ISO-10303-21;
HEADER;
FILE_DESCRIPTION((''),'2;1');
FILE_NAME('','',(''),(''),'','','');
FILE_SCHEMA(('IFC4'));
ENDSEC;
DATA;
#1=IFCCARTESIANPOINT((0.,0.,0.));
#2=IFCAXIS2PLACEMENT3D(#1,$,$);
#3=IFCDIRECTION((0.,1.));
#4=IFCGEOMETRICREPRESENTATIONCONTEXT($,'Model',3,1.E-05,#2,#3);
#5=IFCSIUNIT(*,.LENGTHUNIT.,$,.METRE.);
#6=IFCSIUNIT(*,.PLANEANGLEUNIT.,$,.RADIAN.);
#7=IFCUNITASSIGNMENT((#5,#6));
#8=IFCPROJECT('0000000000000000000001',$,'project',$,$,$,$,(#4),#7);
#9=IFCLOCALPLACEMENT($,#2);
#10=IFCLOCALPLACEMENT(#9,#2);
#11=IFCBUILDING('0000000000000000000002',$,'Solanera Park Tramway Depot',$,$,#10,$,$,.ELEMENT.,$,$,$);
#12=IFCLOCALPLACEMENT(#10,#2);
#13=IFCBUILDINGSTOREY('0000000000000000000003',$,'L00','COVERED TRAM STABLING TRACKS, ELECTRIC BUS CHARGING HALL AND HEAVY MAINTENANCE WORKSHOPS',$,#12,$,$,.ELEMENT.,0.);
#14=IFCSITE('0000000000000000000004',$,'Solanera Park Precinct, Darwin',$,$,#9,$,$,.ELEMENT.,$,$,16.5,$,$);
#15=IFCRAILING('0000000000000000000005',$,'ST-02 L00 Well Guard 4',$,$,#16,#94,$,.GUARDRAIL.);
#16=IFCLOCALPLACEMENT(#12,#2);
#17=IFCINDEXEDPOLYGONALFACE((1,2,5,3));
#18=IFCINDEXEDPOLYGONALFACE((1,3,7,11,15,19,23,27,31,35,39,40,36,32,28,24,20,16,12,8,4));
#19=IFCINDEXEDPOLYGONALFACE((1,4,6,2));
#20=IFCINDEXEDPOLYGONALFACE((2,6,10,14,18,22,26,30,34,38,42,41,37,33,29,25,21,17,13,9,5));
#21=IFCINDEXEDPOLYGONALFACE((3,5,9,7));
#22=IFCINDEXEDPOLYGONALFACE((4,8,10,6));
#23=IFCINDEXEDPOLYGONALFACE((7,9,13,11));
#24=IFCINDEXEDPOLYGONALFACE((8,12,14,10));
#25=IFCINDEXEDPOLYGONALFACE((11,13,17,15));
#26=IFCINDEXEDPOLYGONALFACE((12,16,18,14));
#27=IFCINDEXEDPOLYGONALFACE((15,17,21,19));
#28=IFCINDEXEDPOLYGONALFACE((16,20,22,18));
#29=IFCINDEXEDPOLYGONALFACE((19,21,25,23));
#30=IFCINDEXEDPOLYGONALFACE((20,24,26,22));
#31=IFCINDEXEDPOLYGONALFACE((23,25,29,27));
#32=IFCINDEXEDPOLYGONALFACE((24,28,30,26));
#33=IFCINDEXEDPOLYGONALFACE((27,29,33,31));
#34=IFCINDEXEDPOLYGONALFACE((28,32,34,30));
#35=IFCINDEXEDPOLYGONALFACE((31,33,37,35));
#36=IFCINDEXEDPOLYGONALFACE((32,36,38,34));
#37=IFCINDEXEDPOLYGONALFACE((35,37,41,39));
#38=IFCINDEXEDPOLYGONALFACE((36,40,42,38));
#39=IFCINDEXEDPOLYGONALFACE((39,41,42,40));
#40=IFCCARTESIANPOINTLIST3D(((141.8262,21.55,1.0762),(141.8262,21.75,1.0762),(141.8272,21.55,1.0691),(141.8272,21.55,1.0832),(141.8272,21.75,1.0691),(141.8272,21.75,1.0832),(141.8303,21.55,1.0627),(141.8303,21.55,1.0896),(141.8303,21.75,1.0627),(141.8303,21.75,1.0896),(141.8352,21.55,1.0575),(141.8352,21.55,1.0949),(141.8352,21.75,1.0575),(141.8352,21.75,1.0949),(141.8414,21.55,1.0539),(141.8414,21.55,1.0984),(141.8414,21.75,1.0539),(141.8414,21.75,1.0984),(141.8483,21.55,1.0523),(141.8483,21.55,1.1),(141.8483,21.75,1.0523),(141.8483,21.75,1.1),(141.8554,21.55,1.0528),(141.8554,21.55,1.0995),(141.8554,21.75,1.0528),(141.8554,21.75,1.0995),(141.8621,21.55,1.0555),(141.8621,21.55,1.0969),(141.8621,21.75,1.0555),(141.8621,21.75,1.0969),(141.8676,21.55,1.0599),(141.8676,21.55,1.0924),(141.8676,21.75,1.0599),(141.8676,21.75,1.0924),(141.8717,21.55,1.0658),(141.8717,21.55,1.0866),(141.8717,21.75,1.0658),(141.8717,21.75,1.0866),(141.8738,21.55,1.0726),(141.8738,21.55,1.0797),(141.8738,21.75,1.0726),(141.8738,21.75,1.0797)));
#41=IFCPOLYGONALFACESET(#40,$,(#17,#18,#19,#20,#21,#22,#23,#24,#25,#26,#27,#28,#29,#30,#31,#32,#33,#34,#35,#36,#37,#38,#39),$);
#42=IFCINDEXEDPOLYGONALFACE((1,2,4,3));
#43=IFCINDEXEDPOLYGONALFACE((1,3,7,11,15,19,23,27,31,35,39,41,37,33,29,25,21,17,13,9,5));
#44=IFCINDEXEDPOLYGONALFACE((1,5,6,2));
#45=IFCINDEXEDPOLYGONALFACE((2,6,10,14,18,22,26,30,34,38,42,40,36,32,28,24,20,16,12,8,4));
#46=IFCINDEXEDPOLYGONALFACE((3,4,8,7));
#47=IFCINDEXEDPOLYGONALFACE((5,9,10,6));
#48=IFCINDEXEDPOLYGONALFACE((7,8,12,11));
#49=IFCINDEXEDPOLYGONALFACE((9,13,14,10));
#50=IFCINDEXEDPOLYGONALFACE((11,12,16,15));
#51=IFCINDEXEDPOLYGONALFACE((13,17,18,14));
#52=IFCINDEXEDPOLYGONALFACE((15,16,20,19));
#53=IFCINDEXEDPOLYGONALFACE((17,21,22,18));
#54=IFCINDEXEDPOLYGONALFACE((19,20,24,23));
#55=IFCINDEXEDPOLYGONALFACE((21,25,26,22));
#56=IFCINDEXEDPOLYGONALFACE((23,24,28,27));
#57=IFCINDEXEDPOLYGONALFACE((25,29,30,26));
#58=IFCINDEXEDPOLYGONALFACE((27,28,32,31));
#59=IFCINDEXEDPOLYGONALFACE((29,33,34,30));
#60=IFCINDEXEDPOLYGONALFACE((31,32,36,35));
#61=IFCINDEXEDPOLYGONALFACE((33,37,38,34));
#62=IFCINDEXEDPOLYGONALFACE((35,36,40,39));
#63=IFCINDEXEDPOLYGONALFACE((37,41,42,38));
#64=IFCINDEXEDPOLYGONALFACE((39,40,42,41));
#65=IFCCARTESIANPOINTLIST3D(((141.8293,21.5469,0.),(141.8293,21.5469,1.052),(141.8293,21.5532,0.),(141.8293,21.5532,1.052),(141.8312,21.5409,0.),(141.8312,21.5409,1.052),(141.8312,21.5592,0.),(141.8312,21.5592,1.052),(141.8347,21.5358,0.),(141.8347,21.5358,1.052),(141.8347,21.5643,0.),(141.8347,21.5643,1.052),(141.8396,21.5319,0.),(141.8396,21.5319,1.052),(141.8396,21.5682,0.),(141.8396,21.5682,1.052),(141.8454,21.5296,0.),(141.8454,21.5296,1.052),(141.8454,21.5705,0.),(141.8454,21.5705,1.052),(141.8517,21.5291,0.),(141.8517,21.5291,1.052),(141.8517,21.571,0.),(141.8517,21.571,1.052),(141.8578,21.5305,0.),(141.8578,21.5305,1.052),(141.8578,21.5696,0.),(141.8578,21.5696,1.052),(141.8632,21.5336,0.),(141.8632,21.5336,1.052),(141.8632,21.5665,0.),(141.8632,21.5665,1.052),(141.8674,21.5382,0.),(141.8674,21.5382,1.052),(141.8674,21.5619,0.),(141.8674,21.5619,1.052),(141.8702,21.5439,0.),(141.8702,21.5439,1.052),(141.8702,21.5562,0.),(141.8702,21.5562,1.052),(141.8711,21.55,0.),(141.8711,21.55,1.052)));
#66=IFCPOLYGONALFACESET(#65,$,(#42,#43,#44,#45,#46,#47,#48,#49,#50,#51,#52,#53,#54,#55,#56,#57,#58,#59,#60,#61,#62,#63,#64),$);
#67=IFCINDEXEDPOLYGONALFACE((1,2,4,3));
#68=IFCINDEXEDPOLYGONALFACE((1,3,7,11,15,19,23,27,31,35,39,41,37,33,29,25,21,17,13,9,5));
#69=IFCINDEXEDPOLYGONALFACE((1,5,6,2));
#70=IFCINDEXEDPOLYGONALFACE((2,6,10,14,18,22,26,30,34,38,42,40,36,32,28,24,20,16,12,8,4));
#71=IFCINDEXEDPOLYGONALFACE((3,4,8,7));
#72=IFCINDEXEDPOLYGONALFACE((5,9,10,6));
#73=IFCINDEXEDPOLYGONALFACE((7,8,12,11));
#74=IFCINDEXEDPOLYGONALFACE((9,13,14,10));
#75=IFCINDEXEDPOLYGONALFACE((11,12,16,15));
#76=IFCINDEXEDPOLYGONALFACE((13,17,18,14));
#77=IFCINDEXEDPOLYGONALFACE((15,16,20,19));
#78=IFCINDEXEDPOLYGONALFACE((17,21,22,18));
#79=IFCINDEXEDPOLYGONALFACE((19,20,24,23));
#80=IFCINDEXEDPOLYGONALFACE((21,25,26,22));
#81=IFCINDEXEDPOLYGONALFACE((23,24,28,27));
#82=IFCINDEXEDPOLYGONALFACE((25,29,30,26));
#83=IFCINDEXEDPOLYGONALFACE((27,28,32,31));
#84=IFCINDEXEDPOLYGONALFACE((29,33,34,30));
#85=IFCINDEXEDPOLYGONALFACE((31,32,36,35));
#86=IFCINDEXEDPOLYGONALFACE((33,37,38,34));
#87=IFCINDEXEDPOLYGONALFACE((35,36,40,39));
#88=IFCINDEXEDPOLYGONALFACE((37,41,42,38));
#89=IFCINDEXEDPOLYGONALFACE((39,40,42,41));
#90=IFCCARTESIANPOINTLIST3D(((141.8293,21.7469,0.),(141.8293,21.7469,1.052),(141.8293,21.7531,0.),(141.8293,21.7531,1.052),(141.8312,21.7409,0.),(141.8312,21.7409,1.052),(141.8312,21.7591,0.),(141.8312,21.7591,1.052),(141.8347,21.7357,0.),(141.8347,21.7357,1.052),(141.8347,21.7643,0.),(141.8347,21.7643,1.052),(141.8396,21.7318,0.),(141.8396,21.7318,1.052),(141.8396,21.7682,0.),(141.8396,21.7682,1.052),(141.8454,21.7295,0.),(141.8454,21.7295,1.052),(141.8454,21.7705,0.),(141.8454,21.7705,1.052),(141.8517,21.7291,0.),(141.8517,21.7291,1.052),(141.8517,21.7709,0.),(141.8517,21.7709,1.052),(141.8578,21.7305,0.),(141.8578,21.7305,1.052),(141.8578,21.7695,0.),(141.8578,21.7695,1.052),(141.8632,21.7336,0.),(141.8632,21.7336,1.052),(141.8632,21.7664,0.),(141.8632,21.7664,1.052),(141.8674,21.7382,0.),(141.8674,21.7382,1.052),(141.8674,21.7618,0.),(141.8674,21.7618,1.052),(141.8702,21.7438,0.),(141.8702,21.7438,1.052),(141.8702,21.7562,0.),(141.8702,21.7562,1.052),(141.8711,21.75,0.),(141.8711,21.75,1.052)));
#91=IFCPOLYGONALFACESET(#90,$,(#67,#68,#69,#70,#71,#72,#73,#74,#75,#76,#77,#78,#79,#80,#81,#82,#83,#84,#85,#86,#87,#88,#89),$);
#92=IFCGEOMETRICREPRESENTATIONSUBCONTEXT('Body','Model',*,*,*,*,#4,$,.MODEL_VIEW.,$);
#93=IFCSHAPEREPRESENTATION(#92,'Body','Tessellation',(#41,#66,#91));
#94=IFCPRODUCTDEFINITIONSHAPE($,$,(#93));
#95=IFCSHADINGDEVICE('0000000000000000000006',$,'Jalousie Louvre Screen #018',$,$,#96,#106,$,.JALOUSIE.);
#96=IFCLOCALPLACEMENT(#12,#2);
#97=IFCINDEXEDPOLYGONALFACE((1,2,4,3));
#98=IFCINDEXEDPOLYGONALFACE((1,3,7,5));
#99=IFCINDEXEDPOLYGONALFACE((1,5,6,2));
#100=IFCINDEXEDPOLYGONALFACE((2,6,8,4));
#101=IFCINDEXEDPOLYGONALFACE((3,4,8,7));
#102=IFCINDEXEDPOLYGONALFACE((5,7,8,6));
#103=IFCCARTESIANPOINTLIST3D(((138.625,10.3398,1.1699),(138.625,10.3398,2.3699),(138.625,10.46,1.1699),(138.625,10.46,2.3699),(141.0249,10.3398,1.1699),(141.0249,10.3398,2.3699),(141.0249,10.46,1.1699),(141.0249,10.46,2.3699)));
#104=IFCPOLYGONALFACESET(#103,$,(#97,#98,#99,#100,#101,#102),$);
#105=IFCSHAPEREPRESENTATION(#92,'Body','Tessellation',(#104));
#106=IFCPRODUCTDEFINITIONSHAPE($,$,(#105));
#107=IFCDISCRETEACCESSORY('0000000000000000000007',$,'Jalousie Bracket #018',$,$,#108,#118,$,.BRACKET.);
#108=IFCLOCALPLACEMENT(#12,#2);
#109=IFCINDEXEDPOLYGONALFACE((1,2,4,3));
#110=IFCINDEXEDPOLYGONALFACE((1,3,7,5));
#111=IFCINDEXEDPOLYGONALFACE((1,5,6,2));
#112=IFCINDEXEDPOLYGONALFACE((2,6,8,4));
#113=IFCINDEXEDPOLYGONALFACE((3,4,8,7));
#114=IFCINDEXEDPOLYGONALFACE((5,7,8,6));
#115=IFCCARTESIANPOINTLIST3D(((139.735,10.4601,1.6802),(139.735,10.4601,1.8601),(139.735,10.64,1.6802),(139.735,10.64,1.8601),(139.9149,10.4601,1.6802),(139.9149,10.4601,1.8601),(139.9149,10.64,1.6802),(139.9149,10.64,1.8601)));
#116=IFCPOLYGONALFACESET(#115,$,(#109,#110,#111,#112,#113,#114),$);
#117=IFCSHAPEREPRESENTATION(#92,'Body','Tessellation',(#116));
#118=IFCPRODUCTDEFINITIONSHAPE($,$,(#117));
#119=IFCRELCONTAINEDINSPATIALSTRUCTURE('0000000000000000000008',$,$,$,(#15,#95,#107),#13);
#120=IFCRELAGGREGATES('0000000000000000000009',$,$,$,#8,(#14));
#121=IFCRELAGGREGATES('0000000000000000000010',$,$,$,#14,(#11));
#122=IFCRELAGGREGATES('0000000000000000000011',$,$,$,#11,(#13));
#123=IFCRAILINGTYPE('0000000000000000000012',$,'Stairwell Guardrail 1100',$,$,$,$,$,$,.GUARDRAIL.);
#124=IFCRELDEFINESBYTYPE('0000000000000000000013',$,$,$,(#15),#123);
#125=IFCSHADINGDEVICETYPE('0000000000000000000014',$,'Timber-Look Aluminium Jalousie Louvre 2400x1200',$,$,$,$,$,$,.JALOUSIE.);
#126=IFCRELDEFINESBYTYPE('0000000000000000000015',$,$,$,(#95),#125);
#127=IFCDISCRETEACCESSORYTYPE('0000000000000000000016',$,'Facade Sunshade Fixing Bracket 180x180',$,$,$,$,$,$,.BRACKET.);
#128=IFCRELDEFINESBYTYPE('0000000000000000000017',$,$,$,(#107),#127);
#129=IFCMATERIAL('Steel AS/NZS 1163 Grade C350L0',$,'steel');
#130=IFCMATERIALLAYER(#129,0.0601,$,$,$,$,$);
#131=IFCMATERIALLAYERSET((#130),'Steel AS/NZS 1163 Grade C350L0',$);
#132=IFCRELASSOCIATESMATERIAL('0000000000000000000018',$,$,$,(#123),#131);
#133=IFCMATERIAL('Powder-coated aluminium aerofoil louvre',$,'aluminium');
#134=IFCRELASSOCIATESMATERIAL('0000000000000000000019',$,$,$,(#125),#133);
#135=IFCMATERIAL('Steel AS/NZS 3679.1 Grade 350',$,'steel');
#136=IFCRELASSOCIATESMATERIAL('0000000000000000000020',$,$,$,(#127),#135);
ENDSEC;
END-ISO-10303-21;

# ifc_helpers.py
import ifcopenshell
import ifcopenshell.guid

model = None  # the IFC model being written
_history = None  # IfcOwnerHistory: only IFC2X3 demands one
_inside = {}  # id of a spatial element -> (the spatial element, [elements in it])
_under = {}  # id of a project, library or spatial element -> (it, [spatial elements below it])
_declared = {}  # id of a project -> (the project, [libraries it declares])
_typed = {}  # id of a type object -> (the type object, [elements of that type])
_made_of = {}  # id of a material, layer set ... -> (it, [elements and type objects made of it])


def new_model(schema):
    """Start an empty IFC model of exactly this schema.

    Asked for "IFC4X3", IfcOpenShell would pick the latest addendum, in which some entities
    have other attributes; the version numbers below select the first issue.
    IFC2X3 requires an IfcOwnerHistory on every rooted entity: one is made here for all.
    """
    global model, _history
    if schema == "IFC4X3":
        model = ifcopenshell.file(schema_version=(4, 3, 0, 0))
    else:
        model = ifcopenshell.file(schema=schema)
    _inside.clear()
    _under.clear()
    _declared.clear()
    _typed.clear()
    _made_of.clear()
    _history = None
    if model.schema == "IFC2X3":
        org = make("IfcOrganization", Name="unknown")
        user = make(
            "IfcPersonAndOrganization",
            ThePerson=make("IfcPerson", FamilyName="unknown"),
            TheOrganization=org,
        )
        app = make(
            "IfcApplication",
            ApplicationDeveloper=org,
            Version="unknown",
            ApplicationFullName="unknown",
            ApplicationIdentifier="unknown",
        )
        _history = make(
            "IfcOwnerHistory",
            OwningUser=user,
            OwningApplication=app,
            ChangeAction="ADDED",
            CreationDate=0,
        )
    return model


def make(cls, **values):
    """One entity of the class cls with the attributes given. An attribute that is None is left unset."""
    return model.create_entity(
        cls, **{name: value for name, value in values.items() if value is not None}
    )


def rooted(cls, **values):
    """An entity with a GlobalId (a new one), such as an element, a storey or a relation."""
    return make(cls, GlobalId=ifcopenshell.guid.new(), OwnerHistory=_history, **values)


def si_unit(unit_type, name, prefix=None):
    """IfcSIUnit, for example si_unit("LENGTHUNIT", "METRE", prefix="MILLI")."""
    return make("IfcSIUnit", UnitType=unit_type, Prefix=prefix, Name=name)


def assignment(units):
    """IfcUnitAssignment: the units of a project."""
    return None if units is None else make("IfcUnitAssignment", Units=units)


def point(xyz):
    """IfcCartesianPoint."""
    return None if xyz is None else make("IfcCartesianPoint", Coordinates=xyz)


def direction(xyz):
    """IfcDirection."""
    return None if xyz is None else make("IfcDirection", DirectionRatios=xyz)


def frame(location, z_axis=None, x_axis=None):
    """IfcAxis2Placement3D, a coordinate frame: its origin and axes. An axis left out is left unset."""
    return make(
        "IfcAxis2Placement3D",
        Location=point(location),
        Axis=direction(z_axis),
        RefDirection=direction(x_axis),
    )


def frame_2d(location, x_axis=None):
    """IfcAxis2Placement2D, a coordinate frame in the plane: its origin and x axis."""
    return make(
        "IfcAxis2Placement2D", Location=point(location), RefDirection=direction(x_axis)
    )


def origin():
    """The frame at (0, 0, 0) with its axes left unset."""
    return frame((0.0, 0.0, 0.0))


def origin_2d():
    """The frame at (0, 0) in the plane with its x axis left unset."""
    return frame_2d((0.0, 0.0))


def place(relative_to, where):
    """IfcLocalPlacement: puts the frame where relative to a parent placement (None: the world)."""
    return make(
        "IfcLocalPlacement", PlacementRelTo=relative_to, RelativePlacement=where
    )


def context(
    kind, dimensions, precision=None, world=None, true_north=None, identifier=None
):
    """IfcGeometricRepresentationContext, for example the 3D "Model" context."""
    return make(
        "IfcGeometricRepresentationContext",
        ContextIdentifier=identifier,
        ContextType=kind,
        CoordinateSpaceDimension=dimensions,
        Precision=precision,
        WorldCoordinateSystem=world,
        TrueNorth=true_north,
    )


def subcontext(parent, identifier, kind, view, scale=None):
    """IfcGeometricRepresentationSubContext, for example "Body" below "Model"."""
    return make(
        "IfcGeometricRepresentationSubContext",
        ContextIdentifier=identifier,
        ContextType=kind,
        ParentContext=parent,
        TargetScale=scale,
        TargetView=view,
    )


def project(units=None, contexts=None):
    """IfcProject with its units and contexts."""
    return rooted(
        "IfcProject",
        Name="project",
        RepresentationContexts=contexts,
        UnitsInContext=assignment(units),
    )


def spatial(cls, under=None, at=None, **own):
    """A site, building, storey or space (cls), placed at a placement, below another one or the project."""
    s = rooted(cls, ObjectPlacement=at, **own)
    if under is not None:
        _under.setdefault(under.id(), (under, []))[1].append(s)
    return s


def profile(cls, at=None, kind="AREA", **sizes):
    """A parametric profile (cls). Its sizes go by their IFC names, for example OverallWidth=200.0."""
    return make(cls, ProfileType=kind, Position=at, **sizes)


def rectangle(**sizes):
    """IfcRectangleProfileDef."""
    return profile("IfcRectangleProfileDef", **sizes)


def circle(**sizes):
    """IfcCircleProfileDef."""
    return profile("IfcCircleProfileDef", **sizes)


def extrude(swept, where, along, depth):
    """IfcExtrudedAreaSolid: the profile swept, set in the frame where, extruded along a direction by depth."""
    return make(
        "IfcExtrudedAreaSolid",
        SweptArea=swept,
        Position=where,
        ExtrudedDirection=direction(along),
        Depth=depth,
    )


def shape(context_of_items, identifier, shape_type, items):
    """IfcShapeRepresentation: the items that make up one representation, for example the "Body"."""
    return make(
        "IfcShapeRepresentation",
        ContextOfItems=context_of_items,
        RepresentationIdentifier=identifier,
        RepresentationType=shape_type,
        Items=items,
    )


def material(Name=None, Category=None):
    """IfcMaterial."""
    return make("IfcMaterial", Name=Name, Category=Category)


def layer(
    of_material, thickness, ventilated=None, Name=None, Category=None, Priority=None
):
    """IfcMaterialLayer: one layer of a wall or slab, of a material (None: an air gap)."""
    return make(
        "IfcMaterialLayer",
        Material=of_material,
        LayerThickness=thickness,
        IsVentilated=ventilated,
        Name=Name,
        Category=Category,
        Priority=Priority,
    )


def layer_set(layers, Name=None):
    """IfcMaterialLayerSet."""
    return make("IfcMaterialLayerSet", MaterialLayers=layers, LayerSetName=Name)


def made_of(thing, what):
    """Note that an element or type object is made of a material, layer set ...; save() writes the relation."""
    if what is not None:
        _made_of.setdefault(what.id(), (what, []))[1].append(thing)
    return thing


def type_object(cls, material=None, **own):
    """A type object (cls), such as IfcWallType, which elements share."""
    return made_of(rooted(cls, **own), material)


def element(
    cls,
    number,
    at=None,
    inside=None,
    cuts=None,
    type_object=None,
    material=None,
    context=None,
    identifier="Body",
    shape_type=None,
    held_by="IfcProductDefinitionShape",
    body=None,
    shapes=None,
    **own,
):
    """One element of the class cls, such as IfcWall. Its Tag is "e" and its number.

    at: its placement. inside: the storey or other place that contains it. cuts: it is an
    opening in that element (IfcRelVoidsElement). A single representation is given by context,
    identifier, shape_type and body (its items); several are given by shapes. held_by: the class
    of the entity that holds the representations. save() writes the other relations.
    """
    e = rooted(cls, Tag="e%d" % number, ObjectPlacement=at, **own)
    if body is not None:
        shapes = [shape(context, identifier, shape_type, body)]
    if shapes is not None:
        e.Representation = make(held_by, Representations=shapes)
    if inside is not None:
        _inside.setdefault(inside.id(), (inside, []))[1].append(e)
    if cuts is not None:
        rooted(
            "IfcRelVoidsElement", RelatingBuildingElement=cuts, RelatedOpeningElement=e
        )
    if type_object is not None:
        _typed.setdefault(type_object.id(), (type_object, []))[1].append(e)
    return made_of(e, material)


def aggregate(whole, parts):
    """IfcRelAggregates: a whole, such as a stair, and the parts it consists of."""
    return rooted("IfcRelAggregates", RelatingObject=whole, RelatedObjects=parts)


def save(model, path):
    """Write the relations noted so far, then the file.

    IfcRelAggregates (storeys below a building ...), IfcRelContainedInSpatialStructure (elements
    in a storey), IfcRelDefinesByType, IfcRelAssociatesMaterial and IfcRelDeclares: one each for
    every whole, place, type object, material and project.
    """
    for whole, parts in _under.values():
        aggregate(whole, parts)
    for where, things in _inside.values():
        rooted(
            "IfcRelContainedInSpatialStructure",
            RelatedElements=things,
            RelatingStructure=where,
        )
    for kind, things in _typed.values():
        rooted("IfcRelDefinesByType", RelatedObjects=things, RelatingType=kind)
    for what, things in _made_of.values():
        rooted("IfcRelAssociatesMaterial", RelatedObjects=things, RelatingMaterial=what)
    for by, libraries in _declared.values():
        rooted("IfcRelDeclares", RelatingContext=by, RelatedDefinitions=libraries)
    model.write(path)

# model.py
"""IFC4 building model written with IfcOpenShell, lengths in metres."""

from ifc_helpers import new_model, si_unit, direction, frame, origin, origin_2d, place, context, subcontext, project, spatial, rectangle, circle, extrude, material, layer, layer_set, type_object, element, save


model = new_model("IFC4")

# Units and contexts
model_context = context("Model", 3, precision=1e-05, world=origin(), true_north=direction((0.0, 1.0)))
body_context = subcontext(model_context, "Body", "Model", "MODEL_VIEW")
ifc_project = project(units=[si_unit("LENGTHUNIT", "METRE"), si_unit("PLANEANGLEUNIT", "RADIAN")], contexts=[model_context])

# Site, building, storey
site_placement = place(None, origin())
site = spatial("IfcSite", under=ifc_project, at=site_placement, Name="Solanera Park Precinct, Darwin", CompositionType="ELEMENT", RefElevation=16.5)
building_placement = place(site_placement, origin())
building = spatial("IfcBuilding", under=site, at=building_placement, Name="Solanera Park Tramway Depot", CompositionType="ELEMENT")
storey_placement = place(building_placement, origin())
storey = spatial("IfcBuildingStorey", under=building, at=storey_placement, Name="L00", Description="COVERED TRAM STABLING TRACKS, ELECTRIC BUS CHARGING HALL AND HEAVY MAINTENANCE WORKSHOPS", CompositionType="ELEMENT", Elevation=0.0)

# Railing
ifc_material_1 = material(Name="Steel AS/NZS 1163 Grade C350L0", Category="steel")
ifc_layer_1 = layer(ifc_material_1, 0.0601)
ifc_layer_set_1 = layer_set([ifc_layer_1], Name="Steel AS/NZS 1163 Grade C350L0")
railing_type = type_object("IfcRailingType", Name="Stairwell Guardrail 1100", PredefinedType="GUARDRAIL", material=ifc_layer_set_1)
railing_placement = place(storey_placement, frame((141.8501, 21.55, 0.0)))
element("IfcRailing", 1, at=railing_placement, inside=storey, type_object=railing_type, Name="ST-02 L00 Well Guard 4", PredefinedType="GUARDRAIL", context=body_context, shape_type="SweptSolid", body=[
    extrude(circle(Radius=0.0239, at=origin_2d()), frame((0.0, 0.0, 1.0762), z_axis=(0.0, 1.0, 0.0), x_axis=(-1.0, 0.0, 0.0)), (0.0, 0.0, 1.0), 0.2),
    extrude(circle(Radius=0.021, at=origin_2d()), origin(), (0.0, 0.0, 1.0), 1.052),
    extrude(circle(Radius=0.021, at=origin_2d()), frame((0.0, 0.2, 0.0)), (0.0, 0.0, 1.0), 1.052),
])

# Shading device
ifc_material_2 = material(Name="Powder-coated aluminium aerofoil louvre", Category="aluminium")
shading_device_type = type_object("IfcShadingDeviceType", Name="Timber-Look Aluminium Jalousie Louvre 2400x1200", PredefinedType="JALOUSIE", material=ifc_material_2)
shading_device_placement = place(storey_placement, frame((139.825, 10.3999, 1.1699), z_axis=(0.0, 0.0, 1.0), x_axis=(1.0, 0.0, 0.0)))
element("IfcShadingDevice", 2, at=shading_device_placement, inside=storey, type_object=shading_device_type, Name="Jalousie Louvre Screen #018", PredefinedType="JALOUSIE", context=body_context, shape_type="SweptSolid", body=[
    extrude(rectangle(XDim=2.3999, YDim=0.1201, at=origin_2d()), origin(), (0.0, 0.0, 1.0), 1.2),
])

# Discrete accessory
ifc_material_3 = material(Name="Steel AS/NZS 3679.1 Grade 350", Category="steel")
discrete_accessory_type = type_object("IfcDiscreteAccessoryType", Name="Facade Sunshade Fixing Bracket 180x180", PredefinedType="BRACKET", material=ifc_material_3)
discrete_accessory_placement = place(storey_placement, frame((139.825, 10.55, 1.6802), z_axis=(0.0, 0.0, 1.0), x_axis=(1.0, 0.0, 0.0)))
element("IfcDiscreteAccessory", 3, at=discrete_accessory_placement, inside=storey, type_object=discrete_accessory_type, Name="Jalousie Bracket #018", PredefinedType="BRACKET", context=body_context, shape_type="SweptSolid", body=[
    extrude(rectangle(XDim=0.1799, YDim=0.1799, at=origin_2d()), origin(), (0.0, 0.0, 1.0), 0.1799),
])

save(model, "model.ifc")
